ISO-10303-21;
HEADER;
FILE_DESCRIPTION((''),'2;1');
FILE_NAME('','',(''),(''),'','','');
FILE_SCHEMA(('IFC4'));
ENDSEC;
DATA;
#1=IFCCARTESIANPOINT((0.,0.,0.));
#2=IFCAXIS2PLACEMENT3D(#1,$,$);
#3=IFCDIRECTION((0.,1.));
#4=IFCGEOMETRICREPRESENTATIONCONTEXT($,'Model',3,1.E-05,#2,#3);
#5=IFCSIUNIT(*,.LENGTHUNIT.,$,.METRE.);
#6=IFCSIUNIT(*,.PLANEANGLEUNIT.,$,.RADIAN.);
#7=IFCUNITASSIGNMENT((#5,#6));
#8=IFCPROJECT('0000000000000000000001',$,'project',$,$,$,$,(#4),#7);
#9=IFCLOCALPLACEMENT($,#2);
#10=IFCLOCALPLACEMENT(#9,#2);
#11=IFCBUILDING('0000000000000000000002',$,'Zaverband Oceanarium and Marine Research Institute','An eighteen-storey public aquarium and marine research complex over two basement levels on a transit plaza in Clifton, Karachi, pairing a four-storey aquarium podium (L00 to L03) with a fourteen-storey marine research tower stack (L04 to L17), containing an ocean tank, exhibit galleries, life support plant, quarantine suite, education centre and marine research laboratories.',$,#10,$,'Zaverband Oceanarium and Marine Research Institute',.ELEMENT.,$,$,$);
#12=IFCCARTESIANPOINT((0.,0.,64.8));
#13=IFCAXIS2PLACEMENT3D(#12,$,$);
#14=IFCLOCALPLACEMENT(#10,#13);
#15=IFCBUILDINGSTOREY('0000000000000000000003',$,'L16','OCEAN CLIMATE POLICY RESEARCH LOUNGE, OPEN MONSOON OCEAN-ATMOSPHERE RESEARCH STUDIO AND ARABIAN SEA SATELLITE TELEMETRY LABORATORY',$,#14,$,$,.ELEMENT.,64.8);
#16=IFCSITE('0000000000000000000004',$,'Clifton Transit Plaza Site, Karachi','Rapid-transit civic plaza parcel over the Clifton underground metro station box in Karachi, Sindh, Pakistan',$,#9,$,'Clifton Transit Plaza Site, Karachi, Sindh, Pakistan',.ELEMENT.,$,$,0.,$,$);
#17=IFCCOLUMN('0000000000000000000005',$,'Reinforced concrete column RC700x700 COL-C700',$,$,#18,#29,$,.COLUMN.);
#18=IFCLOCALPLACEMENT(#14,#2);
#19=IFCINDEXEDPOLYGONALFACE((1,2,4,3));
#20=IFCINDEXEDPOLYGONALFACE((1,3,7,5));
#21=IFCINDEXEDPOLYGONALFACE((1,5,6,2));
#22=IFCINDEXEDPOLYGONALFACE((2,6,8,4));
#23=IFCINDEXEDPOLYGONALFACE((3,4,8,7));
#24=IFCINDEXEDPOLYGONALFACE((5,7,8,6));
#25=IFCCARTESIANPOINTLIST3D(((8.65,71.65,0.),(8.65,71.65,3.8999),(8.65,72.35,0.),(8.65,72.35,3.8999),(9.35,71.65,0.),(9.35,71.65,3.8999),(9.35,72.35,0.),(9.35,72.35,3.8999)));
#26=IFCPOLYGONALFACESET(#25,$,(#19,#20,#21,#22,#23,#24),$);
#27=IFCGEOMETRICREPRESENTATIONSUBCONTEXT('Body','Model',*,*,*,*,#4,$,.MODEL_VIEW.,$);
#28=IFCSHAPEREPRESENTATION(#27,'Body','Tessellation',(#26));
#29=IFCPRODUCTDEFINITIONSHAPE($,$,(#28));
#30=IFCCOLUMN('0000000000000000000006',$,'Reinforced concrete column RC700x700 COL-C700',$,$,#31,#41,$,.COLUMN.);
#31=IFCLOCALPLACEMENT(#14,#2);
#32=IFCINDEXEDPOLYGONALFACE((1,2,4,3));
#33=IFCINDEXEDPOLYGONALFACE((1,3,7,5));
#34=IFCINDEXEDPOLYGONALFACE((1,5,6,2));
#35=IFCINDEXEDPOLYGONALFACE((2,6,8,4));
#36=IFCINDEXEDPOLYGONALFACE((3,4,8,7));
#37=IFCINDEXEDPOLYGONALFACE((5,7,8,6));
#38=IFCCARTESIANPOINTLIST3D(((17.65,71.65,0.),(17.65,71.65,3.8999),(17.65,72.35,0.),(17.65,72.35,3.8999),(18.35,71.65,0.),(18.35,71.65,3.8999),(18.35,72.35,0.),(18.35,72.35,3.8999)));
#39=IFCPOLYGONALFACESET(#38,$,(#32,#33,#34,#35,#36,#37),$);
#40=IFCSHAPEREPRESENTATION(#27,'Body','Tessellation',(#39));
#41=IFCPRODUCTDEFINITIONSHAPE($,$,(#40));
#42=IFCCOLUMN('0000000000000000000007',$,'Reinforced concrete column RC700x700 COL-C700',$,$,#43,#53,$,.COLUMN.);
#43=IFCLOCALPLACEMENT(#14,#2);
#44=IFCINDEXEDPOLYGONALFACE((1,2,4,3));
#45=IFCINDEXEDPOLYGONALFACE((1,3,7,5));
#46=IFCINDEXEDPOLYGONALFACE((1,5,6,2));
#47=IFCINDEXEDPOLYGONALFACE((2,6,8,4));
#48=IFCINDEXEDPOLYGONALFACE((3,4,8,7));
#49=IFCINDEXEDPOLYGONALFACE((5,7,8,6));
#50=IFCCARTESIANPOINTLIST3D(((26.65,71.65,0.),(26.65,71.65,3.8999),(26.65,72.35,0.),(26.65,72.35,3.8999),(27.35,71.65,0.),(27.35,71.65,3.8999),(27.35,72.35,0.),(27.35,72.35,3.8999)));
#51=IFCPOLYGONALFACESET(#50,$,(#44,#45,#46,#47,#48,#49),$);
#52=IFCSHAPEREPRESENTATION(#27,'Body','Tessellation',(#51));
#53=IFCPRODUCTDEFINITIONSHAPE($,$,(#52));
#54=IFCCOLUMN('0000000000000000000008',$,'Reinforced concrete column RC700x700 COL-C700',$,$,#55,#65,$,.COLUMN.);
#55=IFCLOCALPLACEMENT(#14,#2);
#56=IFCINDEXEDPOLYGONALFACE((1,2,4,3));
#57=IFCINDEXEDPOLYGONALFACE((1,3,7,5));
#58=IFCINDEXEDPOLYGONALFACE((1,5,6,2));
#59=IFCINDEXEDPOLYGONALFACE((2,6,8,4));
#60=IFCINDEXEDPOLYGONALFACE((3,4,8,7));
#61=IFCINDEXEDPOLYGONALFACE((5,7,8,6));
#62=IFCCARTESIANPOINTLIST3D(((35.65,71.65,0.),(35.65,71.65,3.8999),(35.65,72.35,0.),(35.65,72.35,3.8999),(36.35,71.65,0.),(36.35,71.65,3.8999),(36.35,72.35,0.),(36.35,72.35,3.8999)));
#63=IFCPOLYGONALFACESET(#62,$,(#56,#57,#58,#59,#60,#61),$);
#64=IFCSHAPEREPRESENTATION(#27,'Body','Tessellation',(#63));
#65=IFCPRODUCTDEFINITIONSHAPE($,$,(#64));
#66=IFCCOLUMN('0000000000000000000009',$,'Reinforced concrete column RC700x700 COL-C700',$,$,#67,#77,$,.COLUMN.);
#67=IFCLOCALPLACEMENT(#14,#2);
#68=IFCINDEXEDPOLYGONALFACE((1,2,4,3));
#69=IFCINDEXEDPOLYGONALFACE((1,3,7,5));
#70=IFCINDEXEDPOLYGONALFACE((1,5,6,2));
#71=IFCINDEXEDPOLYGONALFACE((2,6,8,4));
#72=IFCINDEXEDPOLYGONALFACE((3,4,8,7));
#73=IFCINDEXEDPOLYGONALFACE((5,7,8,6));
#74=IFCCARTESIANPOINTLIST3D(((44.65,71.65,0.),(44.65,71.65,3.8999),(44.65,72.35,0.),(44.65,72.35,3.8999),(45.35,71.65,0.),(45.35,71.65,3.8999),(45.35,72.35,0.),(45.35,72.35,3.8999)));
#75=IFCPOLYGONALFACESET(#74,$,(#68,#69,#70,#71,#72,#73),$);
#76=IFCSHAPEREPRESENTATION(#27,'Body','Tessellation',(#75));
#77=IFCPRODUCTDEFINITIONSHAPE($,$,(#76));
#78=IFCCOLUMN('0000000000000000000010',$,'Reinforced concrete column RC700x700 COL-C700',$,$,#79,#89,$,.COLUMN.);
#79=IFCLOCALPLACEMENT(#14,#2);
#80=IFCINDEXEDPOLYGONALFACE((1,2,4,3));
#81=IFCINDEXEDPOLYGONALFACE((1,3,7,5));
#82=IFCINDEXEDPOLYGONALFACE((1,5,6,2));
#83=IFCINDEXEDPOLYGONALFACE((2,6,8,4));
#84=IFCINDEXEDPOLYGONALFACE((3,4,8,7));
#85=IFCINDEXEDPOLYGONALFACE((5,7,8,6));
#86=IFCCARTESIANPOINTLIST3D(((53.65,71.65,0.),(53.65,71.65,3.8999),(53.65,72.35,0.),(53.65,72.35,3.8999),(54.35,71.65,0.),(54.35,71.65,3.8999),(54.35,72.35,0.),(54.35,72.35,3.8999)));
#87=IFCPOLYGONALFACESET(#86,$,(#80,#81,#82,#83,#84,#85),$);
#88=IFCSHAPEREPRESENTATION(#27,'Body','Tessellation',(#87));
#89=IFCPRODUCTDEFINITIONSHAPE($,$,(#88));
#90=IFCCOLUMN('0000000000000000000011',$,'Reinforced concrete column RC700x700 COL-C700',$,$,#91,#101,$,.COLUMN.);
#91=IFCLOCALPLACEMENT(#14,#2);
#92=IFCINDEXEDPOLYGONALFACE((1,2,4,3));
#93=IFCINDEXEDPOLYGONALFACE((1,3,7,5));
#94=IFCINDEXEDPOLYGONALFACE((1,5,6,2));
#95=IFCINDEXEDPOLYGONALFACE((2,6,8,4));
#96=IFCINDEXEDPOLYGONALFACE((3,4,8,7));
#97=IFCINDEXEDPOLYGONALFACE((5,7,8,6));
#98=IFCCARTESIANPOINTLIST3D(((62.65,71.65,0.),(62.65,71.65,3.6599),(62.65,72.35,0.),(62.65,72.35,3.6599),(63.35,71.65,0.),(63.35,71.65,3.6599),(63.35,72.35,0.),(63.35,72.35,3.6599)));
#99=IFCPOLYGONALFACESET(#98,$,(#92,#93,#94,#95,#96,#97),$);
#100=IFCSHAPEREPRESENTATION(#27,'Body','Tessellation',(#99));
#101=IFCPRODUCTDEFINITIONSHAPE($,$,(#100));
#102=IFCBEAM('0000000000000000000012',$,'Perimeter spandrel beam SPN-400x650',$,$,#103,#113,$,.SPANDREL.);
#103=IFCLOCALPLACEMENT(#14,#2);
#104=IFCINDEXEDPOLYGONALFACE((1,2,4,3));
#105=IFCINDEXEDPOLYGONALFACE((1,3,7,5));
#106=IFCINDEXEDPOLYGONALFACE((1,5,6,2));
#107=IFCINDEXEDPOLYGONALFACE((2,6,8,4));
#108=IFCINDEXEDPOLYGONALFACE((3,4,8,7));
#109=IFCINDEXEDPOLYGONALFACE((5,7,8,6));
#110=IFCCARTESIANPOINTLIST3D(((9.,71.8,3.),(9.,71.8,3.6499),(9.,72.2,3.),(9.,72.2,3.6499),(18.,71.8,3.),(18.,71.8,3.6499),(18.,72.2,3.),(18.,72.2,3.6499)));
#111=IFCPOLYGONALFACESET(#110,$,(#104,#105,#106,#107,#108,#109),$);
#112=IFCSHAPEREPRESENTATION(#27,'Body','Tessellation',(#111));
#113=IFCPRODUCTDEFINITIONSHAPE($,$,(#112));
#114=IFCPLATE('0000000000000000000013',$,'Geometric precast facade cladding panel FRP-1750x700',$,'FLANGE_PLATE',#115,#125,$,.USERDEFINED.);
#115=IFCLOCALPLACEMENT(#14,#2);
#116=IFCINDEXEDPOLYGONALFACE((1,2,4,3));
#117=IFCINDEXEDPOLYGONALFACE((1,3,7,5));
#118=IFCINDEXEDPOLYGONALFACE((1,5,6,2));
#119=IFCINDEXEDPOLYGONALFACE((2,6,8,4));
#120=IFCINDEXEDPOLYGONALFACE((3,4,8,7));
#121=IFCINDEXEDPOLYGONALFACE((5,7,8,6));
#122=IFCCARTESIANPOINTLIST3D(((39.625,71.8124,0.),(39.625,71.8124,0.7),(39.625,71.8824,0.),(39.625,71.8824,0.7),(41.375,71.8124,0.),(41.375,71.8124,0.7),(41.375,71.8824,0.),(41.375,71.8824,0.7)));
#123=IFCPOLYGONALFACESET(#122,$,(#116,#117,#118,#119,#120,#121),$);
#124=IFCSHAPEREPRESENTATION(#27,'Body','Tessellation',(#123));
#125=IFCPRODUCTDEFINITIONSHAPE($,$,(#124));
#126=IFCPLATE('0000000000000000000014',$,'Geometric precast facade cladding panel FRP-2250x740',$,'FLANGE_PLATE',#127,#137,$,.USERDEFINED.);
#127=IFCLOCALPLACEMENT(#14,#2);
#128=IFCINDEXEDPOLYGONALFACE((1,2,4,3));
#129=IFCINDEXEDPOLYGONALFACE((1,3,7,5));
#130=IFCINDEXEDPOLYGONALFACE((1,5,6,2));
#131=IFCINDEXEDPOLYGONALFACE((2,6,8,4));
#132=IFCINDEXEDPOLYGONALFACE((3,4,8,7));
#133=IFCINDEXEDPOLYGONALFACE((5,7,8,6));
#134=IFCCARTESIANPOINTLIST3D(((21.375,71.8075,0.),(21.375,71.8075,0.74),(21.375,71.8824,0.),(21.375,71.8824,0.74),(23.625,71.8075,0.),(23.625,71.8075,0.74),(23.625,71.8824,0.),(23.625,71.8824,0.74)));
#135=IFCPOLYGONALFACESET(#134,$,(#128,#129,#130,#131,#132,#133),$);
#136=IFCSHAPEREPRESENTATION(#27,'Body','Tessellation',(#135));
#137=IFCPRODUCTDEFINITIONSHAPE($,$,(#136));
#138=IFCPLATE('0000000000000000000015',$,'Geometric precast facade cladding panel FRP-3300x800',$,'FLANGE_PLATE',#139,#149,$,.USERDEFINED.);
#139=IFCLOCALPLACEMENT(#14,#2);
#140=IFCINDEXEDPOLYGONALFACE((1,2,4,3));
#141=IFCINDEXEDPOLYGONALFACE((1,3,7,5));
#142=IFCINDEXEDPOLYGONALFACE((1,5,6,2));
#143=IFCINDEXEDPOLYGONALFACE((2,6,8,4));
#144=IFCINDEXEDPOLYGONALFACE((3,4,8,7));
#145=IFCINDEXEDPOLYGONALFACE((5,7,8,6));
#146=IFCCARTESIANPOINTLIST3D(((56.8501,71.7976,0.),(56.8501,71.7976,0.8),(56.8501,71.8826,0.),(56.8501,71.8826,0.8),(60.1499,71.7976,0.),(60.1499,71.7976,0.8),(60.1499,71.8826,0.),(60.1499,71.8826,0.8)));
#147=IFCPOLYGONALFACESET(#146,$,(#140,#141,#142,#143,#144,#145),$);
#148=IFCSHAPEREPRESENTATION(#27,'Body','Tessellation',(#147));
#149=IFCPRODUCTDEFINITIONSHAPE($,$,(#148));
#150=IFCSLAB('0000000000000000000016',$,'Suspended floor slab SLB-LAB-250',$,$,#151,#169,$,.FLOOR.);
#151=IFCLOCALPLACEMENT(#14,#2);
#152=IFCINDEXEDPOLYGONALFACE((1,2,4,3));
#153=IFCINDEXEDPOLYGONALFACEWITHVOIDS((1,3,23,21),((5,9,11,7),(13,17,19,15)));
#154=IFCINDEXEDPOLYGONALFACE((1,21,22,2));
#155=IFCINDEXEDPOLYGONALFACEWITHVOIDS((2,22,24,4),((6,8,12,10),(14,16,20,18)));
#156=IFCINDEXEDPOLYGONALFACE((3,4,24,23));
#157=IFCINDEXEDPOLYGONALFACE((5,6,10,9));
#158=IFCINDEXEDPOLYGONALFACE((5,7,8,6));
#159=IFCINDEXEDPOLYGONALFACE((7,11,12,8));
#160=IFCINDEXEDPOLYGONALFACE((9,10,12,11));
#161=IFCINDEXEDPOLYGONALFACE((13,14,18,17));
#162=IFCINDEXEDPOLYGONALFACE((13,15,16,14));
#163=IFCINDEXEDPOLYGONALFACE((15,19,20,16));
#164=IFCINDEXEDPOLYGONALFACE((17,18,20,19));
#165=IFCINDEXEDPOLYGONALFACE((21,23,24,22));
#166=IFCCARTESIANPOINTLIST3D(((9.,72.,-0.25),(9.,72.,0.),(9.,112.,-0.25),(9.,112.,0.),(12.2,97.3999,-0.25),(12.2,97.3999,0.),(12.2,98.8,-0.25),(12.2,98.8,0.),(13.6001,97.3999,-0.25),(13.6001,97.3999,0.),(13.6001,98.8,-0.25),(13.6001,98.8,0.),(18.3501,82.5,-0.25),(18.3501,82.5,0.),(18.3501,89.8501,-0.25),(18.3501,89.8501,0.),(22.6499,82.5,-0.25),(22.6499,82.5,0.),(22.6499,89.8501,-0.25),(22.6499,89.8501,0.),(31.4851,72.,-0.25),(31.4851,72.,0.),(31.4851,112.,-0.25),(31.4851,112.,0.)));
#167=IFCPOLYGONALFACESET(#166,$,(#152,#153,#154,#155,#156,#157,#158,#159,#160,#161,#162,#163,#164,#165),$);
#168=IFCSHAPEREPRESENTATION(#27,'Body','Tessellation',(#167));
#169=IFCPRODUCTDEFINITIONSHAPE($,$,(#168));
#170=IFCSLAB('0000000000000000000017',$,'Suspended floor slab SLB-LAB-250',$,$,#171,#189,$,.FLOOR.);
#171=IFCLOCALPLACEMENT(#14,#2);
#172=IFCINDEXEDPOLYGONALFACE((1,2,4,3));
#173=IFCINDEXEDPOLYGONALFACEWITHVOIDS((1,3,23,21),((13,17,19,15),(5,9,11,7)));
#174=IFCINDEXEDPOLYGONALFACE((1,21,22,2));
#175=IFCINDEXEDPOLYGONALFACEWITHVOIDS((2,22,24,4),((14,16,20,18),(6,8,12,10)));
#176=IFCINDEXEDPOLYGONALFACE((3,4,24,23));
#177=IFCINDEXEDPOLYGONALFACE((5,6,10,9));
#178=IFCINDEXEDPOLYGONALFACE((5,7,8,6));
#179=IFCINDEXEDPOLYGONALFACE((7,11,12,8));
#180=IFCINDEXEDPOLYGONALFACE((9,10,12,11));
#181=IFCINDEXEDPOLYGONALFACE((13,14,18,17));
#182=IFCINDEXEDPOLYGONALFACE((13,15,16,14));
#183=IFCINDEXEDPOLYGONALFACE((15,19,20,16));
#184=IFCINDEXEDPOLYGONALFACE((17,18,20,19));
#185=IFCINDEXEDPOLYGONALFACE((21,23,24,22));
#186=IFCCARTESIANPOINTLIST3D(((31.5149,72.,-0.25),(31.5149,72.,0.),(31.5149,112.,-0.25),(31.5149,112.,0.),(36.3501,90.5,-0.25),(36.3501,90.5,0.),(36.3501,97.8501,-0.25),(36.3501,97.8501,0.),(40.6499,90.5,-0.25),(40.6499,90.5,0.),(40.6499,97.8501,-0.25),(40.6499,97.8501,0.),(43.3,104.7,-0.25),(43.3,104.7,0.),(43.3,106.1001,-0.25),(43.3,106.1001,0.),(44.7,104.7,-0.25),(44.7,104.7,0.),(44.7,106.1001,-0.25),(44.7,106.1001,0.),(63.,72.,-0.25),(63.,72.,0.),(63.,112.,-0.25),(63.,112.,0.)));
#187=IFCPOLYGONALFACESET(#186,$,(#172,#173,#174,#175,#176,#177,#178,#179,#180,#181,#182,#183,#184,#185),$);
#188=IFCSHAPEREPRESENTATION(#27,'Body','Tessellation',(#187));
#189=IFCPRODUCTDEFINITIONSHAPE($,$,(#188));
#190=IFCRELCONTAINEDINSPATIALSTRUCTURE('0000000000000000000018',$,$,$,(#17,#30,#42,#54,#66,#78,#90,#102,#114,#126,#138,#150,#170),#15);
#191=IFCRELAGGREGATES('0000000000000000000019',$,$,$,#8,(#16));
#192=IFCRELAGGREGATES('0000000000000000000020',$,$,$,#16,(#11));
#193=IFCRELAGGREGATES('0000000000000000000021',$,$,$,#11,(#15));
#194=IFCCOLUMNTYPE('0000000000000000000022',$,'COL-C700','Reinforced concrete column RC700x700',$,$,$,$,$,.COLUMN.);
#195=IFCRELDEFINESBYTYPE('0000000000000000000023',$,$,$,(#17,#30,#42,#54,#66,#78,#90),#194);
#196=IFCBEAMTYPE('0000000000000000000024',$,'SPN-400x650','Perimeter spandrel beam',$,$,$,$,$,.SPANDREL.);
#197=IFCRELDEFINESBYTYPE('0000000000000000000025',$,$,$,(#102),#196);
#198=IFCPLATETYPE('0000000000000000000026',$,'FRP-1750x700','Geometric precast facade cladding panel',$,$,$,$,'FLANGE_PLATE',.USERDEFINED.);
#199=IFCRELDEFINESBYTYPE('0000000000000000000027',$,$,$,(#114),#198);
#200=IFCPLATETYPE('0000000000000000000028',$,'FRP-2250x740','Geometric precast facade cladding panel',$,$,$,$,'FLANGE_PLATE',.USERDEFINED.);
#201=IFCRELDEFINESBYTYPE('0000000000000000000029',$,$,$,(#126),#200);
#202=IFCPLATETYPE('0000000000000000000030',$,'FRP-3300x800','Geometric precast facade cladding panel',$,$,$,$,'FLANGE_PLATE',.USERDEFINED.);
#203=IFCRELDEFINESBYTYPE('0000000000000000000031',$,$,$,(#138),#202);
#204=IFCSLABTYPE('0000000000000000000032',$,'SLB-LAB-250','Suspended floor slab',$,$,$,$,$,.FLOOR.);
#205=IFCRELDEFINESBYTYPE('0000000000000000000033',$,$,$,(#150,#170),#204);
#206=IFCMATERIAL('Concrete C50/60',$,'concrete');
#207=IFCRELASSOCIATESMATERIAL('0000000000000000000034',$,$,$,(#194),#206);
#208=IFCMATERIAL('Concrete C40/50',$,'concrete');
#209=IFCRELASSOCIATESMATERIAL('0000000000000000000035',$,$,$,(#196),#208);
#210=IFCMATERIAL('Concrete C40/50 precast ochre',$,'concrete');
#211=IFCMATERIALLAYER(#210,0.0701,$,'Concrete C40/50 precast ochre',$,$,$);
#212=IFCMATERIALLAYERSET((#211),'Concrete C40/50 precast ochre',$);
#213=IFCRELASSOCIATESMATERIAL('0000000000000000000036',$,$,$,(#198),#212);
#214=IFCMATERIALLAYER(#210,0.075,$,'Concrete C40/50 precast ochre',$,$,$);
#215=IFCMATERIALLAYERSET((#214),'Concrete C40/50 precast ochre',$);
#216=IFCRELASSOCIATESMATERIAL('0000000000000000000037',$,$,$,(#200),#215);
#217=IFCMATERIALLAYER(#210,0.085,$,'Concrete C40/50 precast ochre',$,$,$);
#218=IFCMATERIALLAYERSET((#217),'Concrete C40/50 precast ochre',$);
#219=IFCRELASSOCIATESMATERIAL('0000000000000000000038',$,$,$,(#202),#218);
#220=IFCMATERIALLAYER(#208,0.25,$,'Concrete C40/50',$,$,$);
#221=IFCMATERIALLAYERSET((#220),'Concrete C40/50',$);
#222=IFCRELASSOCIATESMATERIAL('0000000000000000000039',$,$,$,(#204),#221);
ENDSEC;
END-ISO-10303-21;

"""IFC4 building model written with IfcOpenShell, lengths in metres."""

from ifc_helpers import new_model, si_unit, direction, frame, frame_2d, origin, origin_2d, place, context, subcontext, project, spatial, polyline, rectangle, outline, extrude, material, layer, layer_set, material_profile, profile_set, type_object, element, save


model = new_model("IFC4")

# Units and contexts
model_context = context("Model", 3, precision=1e-05, world=origin(), true_north=direction((0.0, 1.0)))
body_context = subcontext(model_context, "Body", "Model", "MODEL_VIEW")
ifc_project = project(units=[si_unit("LENGTHUNIT", "METRE"), si_unit("PLANEANGLEUNIT", "RADIAN")], contexts=[model_context])

# Site, building, storey
site_placement = place(None, origin())
site = spatial("IfcSite", under=ifc_project, at=site_placement, Name="Clifton Transit Plaza Site, Karachi", Description="Rapid-transit civic plaza parcel over the Clifton underground metro station box in Karachi, Sindh, Pakistan", LongName="Clifton Transit Plaza Site, Karachi, Sindh, Pakistan", CompositionType="ELEMENT", RefElevation=0.0)
building_placement = place(site_placement, origin())
building = spatial("IfcBuilding", under=site, at=building_placement, Name="Zaverband Oceanarium and Marine Research Institute", Description="An eighteen-storey public aquarium and marine research complex over two basement levels on a transit plaza in Clifton, Karachi, pairing a four-storey aquarium podium (L00 to L03) with a fourteen-storey marine research tower stack (L04 to L17), containing an ocean tank, exhibit galleries, life support plant, quarantine suite, education centre and marine research laboratories.", LongName="Zaverband Oceanarium and Marine Research Institute", CompositionType="ELEMENT")
storey_placement = place(building_placement, frame((0.0, 0.0, 64.8)))
storey = spatial("IfcBuildingStorey", under=building, at=storey_placement, Name="L16", Description="OCEAN CLIMATE POLICY RESEARCH LOUNGE, OPEN MONSOON OCEAN-ATMOSPHERE RESEARCH STUDIO AND ARABIAN SEA SATELLITE TELEMETRY LABORATORY", CompositionType="ELEMENT", Elevation=64.8)

# Columns
ifc_material_1 = material(Name="Concrete C50/60", Category="concrete")
ifc_material_profile_1 = material_profile(ifc_material_1, rectangle(XDim=0.7, YDim=0.7, at=origin_2d()), Name="RC700x700")
ifc_profile_set_1 = profile_set([ifc_material_profile_1], Name="Concrete C50/60")
column_type = type_object("IfcColumnType", Name="COL-C700", Description="Reinforced concrete column RC700x700", PredefinedType="COLUMN", material=ifc_profile_set_1)
for number, where, z_axis, x_axis, name in (
    (1, (9.0, 72.0, 0.0), (0.0, 0.0, 1.0), (1.0, 0.0, 0.0), "Reinforced concrete column RC700x700 COL-C700"),
    (2, (18.0, 72.0, 0.0), (0.0, 0.0, 1.0), (1.0, 0.0, 0.0), "Reinforced concrete column RC700x700 COL-C700"),
    (3, (27.0, 72.0, 0.0), (0.0, 0.0, 1.0), (1.0, 0.0, 0.0), "Reinforced concrete column RC700x700 COL-C700"),
    (4, (36.0, 72.0, 0.0), (0.0, 0.0, 1.0), (1.0, 0.0, 0.0), "Reinforced concrete column RC700x700 COL-C700"),
    (5, (45.0, 72.0, 0.0), (0.0, 0.0, 1.0), (1.0, 0.0, 0.0), "Reinforced concrete column RC700x700 COL-C700"),
    (6, (54.0, 72.0, 0.0), (0.0, 0.0, 1.0), (1.0, 0.0, 0.0), "Reinforced concrete column RC700x700 COL-C700"),
):
    element("IfcColumn", number, at=place(storey_placement, frame(where, z_axis=z_axis, x_axis=x_axis)), inside=storey, type_object=column_type, Name=name, PredefinedType="COLUMN", context=body_context, shape_type="SweptSolid", body=[
        extrude(rectangle(XDim=0.7, YDim=0.7, at=origin_2d()), origin(), (0.0, 0.0, 1.0), 3.8999),
    ])
column_placement = place(storey_placement, frame((63.0, 72.0, 0.0), z_axis=(0.0, 0.0, 1.0), x_axis=(1.0, 0.0, 0.0)))
element("IfcColumn", 7, at=column_placement, inside=storey, type_object=column_type, Name="Reinforced concrete column RC700x700 COL-C700", PredefinedType="COLUMN", context=body_context, shape_type="SweptSolid", body=[
    extrude(rectangle(XDim=0.7, YDim=0.7, at=origin_2d()), origin(), (0.0, 0.0, 1.0), 3.6599),
])

# Beam
ifc_material_2 = material(Name="Concrete C40/50", Category="concrete")
ifc_material_profile_2 = material_profile(ifc_material_2, rectangle(XDim=0.3999, YDim=0.6499, at=origin_2d()), Name="RC400x650")
ifc_profile_set_2 = profile_set([ifc_material_profile_2], Name="Concrete C40/50")
beam_type = type_object("IfcBeamType", Name="SPN-400x650", Description="Perimeter spandrel beam", PredefinedType="SPANDREL", material=ifc_profile_set_2)
beam_placement = place(storey_placement, frame((9.0, 72.0, 3.325), z_axis=(1.0, 0.0, 0.0), x_axis=(0.0, 1.0, 0.0)))
element("IfcBeam", 8, at=beam_placement, inside=storey, type_object=beam_type, Name="Perimeter spandrel beam SPN-400x650", PredefinedType="SPANDREL", context=body_context, shape_type="SweptSolid", body=[
    extrude(rectangle(XDim=0.3999, YDim=0.6499, at=origin_2d()), origin(), (0.0, 0.0, 1.0), 9.0),
])

# Plates
ifc_material_3 = material(Name="Concrete C40/50 precast ochre", Category="concrete")
ifc_layer_1 = layer(ifc_material_3, 0.0701, Name="Concrete C40/50 precast ochre")
ifc_layer_set_1 = layer_set([ifc_layer_1], Name="Concrete C40/50 precast ochre")
plate_type_1 = type_object("IfcPlateType", Name="FRP-1750x700", Description="Geometric precast facade cladding panel", ElementType="FLANGE_PLATE", PredefinedType="USERDEFINED", material=ifc_layer_set_1)
plate_1_placement = place(storey_placement, frame((39.625, 71.8474, 0.0), z_axis=(0.0, 0.0, 1.0), x_axis=(1.0, 0.0, 0.0)))
element("IfcPlate", 9, at=plate_1_placement, inside=storey, type_object=plate_type_1, Name="Geometric precast facade cladding panel FRP-1750x700", ObjectType="FLANGE_PLATE", PredefinedType="USERDEFINED", context=body_context, shape_type="SweptSolid", body=[
    extrude(rectangle(XDim=1.75, YDim=0.0701, at=frame_2d((0.875, 0.0))), origin(), (0.0, 0.0, 1.0), 0.7),
])
ifc_layer_2 = layer(ifc_material_3, 0.075, Name="Concrete C40/50 precast ochre")
ifc_layer_set_2 = layer_set([ifc_layer_2], Name="Concrete C40/50 precast ochre")
plate_type_2 = type_object("IfcPlateType", Name="FRP-2250x740", Description="Geometric precast facade cladding panel", ElementType="FLANGE_PLATE", PredefinedType="USERDEFINED", material=ifc_layer_set_2)
plate_2_placement = place(storey_placement, frame((21.375, 71.845, 0.0), z_axis=(0.0, 0.0, 1.0), x_axis=(1.0, 0.0, 0.0)))
element("IfcPlate", 10, at=plate_2_placement, inside=storey, type_object=plate_type_2, Name="Geometric precast facade cladding panel FRP-2250x740", ObjectType="FLANGE_PLATE", PredefinedType="USERDEFINED", context=body_context, shape_type="SweptSolid", body=[
    extrude(rectangle(XDim=2.25, YDim=0.075, at=frame_2d((1.125, 0.0))), origin(), (0.0, 0.0, 1.0), 0.74),
])
ifc_layer_3 = layer(ifc_material_3, 0.085, Name="Concrete C40/50 precast ochre")
ifc_layer_set_3 = layer_set([ifc_layer_3], Name="Concrete C40/50 precast ochre")
plate_type_3 = type_object("IfcPlateType", Name="FRP-3300x800", Description="Geometric precast facade cladding panel", ElementType="FLANGE_PLATE", PredefinedType="USERDEFINED", material=ifc_layer_set_3)
plate_3_placement = place(storey_placement, frame((56.8501, 71.8401, 0.0), z_axis=(0.0, 0.0, 1.0), x_axis=(1.0, 0.0, 0.0)))
element("IfcPlate", 11, at=plate_3_placement, inside=storey, type_object=plate_type_3, Name="Geometric precast facade cladding panel FRP-3300x800", ObjectType="FLANGE_PLATE", PredefinedType="USERDEFINED", context=body_context, shape_type="SweptSolid", body=[
    extrude(rectangle(XDim=3.2998, YDim=0.085, at=frame_2d((1.6499, 0.0))), origin(), (0.0, 0.0, 1.0), 0.8),
])

# Slabs
ifc_layer_4 = layer(ifc_material_2, 0.25, Name="Concrete C40/50")
ifc_layer_set_4 = layer_set([ifc_layer_4], Name="Concrete C40/50")
slab_type_1 = type_object("IfcSlabType", Name="SLB-LAB-250", Description="Suspended floor slab", PredefinedType="FLOOR", material=ifc_layer_set_4)
slab_1_placement = place(storey_placement, frame((0.0, 0.0, -0.25)))
element("IfcSlab", 12, at=slab_1_placement, inside=storey, type_object=slab_type_1, Name="Suspended floor slab SLB-LAB-250", PredefinedType="FLOOR", context=body_context, shape_type="SweptSolid", body=[
    extrude(outline(polyline([(9.0, 112.0), (31.4851, 112.0), (31.4851, 72.0), (9.0, 72.0), (9.0, 112.0)]), holes=[polyline([(18.3501, 89.8501), (18.3501, 82.5), (22.6499, 82.5), (22.6499, 89.8501), (18.3501, 89.8501)]), polyline([(12.2, 98.8), (12.2, 97.3999), (13.6001, 97.3999), (13.6001, 98.8), (12.2, 98.8)])]), origin(), (0.0, 0.0, 1.0), 0.25),
])
slab_2_placement = place(storey_placement, frame((0.0, 0.0, -0.25)))
element("IfcSlab", 13, at=slab_2_placement, inside=storey, type_object=slab_type_1, Name="Suspended floor slab SLB-LAB-250", PredefinedType="FLOOR", context=body_context, shape_type="SweptSolid", body=[
    extrude(outline(polyline([(31.5149, 112.0), (63.0, 112.0), (63.0, 72.0), (31.5149, 72.0), (31.5149, 112.0)]), holes=[polyline([(36.3501, 97.8501), (36.3501, 90.5), (40.6499, 90.5), (40.6499, 97.8501), (36.3501, 97.8501)]), polyline([(43.3, 106.1001), (43.3, 104.7), (44.7, 104.7), (44.7, 106.1001), (43.3, 106.1001)])]), origin(), (0.0, 0.0, 1.0), 0.25),
])

save(model, "model.ifc")
